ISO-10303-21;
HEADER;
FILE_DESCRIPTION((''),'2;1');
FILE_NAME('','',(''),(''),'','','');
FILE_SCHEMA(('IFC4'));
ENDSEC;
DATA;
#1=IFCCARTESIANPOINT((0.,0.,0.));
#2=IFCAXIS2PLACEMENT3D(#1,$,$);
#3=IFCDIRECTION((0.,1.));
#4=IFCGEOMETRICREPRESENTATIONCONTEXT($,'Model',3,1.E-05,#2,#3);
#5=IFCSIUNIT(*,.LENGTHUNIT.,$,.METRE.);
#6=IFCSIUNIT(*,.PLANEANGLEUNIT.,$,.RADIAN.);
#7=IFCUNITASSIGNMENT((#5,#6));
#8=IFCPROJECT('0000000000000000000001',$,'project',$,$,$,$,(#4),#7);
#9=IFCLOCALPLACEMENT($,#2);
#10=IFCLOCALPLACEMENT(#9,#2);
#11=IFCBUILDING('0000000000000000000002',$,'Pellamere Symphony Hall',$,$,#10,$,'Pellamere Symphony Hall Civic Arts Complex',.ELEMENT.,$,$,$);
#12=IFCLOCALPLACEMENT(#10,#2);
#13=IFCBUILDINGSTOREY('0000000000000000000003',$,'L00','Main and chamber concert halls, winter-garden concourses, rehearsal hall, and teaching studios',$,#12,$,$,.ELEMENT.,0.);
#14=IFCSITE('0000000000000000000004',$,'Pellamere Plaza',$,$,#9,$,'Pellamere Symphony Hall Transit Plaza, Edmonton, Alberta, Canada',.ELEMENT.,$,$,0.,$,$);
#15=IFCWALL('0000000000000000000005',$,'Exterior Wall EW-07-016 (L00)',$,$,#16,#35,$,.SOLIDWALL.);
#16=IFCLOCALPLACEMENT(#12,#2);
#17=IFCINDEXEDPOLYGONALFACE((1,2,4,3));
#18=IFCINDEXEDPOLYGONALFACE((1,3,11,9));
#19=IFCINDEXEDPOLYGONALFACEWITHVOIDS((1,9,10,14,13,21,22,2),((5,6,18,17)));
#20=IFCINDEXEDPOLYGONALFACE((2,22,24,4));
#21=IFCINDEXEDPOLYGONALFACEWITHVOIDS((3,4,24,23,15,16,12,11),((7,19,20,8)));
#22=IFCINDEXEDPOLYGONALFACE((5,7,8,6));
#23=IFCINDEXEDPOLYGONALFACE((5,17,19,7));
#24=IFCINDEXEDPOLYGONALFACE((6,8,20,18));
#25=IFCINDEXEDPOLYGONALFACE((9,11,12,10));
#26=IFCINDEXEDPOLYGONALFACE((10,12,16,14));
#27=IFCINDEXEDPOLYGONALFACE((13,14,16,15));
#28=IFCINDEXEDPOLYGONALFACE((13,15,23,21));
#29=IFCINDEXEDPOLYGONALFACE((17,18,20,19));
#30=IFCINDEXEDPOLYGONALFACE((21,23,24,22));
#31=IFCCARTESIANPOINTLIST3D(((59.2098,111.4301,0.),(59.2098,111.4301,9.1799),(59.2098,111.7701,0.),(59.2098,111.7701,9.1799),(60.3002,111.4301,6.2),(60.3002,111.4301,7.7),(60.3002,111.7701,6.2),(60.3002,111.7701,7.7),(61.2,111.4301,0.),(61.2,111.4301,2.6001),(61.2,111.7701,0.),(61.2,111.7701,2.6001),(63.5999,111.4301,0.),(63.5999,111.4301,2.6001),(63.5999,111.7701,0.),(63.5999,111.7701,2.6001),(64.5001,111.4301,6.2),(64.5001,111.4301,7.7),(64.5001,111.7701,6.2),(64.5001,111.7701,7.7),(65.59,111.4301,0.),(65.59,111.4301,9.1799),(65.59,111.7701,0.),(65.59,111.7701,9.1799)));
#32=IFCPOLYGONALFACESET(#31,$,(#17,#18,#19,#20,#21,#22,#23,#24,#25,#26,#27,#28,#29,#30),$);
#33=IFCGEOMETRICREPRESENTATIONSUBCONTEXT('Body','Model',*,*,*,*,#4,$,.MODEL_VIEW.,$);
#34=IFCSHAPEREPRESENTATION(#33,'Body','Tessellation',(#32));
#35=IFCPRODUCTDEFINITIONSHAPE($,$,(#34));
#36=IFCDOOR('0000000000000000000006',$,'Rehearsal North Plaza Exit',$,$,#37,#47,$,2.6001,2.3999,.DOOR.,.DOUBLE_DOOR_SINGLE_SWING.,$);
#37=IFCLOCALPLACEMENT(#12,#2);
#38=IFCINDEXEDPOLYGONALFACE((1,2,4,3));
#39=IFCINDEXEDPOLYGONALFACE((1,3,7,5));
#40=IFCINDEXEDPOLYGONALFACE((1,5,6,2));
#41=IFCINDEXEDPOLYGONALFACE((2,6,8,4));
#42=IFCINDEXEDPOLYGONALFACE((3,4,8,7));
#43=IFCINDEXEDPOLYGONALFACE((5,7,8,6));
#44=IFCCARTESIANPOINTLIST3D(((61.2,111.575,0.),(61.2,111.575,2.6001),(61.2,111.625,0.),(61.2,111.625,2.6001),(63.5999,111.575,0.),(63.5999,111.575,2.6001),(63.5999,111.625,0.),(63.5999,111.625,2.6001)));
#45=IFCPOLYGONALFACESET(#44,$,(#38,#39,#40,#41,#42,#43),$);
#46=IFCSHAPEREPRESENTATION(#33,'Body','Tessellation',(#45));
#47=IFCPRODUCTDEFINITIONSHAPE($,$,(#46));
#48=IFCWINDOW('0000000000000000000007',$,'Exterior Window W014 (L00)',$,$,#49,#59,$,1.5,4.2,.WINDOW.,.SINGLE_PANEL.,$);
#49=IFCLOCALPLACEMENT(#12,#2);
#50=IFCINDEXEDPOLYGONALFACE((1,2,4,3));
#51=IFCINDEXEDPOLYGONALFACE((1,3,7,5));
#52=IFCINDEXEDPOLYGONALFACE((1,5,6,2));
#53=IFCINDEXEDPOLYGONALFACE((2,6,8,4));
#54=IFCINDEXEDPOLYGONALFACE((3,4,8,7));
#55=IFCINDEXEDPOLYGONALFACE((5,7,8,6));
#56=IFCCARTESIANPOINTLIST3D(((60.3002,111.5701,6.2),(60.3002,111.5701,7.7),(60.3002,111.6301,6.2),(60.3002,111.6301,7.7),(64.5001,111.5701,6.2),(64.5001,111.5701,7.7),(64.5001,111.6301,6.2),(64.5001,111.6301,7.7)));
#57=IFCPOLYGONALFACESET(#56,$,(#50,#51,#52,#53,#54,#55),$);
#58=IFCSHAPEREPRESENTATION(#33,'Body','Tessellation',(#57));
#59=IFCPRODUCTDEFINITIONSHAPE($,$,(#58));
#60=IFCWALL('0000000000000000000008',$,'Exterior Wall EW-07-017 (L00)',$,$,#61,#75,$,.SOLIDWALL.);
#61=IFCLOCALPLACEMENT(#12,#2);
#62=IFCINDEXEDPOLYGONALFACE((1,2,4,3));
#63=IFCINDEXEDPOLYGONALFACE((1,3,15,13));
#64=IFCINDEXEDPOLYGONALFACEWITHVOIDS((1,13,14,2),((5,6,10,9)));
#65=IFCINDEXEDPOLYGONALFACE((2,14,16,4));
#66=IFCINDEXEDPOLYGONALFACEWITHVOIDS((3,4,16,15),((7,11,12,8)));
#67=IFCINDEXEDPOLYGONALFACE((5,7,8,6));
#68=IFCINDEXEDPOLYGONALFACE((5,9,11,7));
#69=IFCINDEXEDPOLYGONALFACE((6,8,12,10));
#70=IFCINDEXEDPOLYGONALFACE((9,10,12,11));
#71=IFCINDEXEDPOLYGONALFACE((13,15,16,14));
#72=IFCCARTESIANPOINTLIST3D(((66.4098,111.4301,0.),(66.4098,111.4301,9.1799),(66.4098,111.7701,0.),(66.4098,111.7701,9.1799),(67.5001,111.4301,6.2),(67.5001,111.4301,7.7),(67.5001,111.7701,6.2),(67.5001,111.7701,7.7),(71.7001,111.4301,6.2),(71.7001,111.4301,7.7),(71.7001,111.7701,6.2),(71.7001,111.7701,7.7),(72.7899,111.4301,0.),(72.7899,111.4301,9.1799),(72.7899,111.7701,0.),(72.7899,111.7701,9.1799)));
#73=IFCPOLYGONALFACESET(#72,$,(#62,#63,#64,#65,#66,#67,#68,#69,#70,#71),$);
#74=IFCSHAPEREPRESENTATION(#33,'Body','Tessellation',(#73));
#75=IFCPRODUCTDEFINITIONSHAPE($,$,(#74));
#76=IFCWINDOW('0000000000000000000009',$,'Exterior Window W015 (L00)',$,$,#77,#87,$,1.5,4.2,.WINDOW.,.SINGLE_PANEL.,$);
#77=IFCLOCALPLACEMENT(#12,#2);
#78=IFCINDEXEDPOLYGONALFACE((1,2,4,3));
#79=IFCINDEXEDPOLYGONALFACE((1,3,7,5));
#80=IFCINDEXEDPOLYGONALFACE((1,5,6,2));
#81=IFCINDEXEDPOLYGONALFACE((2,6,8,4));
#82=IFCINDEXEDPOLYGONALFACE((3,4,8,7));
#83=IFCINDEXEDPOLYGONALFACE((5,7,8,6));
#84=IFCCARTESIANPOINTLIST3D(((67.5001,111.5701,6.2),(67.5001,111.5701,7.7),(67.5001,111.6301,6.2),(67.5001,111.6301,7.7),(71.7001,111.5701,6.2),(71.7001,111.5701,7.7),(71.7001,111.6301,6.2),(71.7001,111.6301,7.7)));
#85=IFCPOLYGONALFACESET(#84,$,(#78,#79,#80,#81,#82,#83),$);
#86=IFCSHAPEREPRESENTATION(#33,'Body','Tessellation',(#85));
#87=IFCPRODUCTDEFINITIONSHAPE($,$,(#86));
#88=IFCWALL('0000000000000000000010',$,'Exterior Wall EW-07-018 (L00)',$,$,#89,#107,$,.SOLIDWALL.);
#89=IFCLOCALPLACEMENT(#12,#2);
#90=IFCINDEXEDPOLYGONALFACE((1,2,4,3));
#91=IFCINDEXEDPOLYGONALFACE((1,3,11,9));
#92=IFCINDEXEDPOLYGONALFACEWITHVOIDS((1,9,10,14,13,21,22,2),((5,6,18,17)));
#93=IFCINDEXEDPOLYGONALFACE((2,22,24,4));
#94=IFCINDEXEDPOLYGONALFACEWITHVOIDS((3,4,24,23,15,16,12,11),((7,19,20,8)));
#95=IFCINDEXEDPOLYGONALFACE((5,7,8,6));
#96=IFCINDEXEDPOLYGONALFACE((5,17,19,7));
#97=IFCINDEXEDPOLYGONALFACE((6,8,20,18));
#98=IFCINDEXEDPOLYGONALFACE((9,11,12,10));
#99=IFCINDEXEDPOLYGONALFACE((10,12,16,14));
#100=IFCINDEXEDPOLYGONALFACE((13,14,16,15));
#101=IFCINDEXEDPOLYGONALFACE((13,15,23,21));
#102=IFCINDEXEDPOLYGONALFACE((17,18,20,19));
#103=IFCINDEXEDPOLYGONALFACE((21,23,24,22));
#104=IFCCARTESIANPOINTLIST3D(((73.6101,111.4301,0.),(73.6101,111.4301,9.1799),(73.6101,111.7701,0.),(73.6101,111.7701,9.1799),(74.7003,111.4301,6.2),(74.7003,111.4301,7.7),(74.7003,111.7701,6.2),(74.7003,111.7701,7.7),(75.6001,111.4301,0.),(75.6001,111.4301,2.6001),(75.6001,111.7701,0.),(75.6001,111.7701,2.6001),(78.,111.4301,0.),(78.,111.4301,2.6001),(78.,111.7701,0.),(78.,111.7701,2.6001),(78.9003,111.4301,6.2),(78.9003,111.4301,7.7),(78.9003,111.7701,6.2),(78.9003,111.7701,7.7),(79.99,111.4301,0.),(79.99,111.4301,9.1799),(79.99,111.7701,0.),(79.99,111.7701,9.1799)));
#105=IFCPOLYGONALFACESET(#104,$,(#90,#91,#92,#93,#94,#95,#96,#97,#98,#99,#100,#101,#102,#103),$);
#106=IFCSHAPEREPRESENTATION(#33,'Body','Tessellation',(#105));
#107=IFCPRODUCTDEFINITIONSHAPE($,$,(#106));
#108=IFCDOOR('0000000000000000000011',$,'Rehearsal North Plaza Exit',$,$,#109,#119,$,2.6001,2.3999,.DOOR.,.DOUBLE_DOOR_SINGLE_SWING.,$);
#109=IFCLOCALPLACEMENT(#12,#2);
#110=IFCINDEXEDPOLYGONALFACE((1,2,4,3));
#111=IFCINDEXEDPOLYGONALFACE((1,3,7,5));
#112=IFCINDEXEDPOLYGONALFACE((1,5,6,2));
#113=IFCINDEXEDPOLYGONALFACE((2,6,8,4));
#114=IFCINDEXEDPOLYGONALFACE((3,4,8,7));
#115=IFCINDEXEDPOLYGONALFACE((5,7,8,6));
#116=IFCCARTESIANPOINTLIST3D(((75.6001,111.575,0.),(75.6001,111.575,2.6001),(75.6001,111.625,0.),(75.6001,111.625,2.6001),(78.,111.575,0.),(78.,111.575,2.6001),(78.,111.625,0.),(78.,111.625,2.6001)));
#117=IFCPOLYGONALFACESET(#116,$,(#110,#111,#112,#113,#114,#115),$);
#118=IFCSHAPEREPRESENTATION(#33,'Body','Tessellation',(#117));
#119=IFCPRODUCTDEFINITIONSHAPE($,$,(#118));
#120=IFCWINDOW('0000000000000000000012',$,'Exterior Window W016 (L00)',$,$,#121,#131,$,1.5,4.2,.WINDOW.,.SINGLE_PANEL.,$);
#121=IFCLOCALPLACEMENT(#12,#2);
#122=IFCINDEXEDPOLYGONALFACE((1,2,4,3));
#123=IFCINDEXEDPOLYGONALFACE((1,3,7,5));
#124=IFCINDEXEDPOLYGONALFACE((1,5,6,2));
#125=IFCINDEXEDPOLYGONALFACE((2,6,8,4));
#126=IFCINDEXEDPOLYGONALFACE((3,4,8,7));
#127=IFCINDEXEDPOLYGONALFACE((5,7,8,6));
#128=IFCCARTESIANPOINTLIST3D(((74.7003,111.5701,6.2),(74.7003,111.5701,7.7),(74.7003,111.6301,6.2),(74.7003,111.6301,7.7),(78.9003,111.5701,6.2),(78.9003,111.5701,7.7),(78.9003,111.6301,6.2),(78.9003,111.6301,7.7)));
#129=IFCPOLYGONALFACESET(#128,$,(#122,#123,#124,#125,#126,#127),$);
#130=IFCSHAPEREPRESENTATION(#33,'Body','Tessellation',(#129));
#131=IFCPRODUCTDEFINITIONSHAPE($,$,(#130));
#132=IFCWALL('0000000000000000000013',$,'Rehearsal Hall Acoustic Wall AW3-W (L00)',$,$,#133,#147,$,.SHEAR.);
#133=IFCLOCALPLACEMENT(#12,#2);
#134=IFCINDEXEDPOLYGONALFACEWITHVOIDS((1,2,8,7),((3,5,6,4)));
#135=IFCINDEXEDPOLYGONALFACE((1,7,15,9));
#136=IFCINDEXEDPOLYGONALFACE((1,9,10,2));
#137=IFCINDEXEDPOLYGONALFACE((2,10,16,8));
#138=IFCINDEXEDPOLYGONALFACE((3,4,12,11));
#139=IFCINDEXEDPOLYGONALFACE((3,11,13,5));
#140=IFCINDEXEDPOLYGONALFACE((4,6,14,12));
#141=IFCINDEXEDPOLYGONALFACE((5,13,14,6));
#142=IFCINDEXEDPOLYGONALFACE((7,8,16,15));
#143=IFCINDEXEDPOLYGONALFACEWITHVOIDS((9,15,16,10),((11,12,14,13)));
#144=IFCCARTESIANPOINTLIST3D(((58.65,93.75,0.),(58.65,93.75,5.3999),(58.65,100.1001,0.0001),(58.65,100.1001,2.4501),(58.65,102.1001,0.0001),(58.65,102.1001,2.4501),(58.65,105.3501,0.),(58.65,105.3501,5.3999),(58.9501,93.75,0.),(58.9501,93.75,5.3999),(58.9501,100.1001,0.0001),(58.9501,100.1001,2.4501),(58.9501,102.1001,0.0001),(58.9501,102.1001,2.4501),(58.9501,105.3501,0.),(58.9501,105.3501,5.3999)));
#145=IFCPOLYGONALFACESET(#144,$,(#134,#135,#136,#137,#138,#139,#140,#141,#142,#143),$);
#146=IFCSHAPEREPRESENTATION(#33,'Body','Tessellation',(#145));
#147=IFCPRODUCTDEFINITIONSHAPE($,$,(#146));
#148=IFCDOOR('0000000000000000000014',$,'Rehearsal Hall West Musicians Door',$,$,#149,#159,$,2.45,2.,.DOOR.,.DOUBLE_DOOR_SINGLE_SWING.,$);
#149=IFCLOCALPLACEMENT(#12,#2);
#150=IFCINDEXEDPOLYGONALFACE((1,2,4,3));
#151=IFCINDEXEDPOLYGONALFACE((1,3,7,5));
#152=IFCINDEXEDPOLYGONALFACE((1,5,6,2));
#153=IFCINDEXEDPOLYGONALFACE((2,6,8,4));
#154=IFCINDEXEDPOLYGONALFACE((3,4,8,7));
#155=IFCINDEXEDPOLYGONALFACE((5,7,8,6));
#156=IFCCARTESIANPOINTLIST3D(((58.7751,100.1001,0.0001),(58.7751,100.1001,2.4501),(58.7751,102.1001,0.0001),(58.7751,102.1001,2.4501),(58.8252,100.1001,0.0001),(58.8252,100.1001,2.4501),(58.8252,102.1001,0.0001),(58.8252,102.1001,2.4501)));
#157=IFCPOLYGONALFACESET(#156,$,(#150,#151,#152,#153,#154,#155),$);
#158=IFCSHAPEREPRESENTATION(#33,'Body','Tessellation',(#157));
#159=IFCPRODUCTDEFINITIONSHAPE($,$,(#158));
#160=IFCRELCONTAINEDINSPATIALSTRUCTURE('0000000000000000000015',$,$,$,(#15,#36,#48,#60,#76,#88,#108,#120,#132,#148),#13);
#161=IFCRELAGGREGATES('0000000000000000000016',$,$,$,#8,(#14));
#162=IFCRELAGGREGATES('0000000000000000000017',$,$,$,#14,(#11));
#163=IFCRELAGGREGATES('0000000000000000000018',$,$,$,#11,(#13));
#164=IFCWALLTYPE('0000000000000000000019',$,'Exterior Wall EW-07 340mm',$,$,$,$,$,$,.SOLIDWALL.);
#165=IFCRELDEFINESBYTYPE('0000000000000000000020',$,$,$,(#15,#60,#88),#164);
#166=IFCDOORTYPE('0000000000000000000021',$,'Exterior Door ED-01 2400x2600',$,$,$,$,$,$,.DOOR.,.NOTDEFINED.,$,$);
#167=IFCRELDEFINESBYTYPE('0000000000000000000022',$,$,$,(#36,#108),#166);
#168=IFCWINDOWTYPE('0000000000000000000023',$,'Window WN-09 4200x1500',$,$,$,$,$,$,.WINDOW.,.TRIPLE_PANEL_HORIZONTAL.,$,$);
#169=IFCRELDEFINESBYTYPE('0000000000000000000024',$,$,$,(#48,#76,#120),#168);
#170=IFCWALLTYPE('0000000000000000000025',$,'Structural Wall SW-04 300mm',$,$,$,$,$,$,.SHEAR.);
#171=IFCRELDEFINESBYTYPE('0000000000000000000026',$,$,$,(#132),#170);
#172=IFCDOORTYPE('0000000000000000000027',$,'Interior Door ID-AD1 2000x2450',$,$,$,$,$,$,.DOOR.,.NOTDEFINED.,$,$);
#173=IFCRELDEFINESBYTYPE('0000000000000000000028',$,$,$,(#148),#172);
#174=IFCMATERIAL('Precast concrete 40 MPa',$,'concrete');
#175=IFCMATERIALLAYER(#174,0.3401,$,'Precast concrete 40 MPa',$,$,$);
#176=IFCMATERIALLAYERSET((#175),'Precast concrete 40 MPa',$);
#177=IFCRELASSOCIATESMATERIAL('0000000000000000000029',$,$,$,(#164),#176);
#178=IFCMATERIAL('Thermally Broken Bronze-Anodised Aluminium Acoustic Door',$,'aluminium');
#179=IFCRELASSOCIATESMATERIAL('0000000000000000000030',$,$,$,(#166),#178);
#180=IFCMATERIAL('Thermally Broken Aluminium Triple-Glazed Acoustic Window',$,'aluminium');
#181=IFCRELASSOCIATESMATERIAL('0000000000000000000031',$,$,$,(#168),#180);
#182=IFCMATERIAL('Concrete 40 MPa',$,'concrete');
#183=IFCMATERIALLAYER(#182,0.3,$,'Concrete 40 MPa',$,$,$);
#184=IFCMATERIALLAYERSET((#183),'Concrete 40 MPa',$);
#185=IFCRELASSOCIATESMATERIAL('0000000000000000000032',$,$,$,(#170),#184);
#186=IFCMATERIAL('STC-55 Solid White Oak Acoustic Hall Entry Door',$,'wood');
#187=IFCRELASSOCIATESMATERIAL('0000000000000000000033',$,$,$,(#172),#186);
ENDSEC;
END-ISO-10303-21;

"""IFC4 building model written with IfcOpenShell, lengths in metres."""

from ifc_helpers import new_model, si_unit, direction, frame, frame_2d, origin, place, context, subcontext, project, spatial, rectangle, extrude, material, layer, layer_set, type_object, element, fill, save


model = new_model("IFC4")

# Units and contexts
model_context = context("Model", 3, precision=1e-05, world=origin(), true_north=direction((0.0, 1.0)))
body_context = subcontext(model_context, "Body", "Model", "MODEL_VIEW")
ifc_project = project(units=[si_unit("LENGTHUNIT", "METRE"), si_unit("PLANEANGLEUNIT", "RADIAN")], contexts=[model_context])

# Site, building, storey
site_placement = place(None, origin())
site = spatial("IfcSite", under=ifc_project, at=site_placement, Name="Pellamere Plaza", LongName="Pellamere Symphony Hall Transit Plaza, Edmonton, Alberta, Canada", CompositionType="ELEMENT", RefElevation=0.0)
building_placement = place(site_placement, origin())
building = spatial("IfcBuilding", under=site, at=building_placement, Name="Pellamere Symphony Hall", LongName="Pellamere Symphony Hall Civic Arts Complex", CompositionType="ELEMENT")
storey_placement = place(building_placement, origin())
storey = spatial("IfcBuildingStorey", under=building, at=storey_placement, Name="L00", Description="Main and chamber concert halls, winter-garden concourses, rehearsal hall, and teaching studios", CompositionType="ELEMENT", Elevation=0.0)

# Shared definitions
ifc_material_1 = material(Name="Concrete 40 MPa", Category="concrete")

# Wall, openings, door, window
ifc_material_2 = material(Name="Precast concrete 40 MPa", Category="concrete")
ifc_layer_1 = layer(ifc_material_2, 0.3401, Name="Precast concrete 40 MPa")
ifc_layer_set_1 = layer_set([ifc_layer_1], Name="Precast concrete 40 MPa")
wall_type_1 = type_object("IfcWallType", Name="Exterior Wall EW-07 340mm", PredefinedType="SOLIDWALL", material=ifc_layer_set_1)
wall_1_placement = place(storey_placement, frame((59.21, 111.6001, 0.0), z_axis=(0.0, 0.0, 1.0), x_axis=(1.0, 0.0, 0.0)))
wall_1 = element("IfcWall", 1, at=wall_1_placement, inside=storey, type_object=wall_type_1, Name="Exterior Wall EW-07-016 (L00)", PredefinedType="SOLIDWALL", context=body_context, shape_type="SweptSolid", body=[
    extrude(rectangle(XDim=6.3801, YDim=0.3401, at=frame_2d((3.1899, 0.0))), origin(), (0.0, 0.0, 1.0), 9.1799),
])
opening_1_placement = place(wall_1_placement, frame((1.0901, 0.0, 6.2)))
opening_1 = element("IfcOpeningElement", 2, at=opening_1_placement, cuts=wall_1, PredefinedType="OPENING", context=body_context, shape_type="SweptSolid", body=[
    extrude(rectangle(XDim=4.2, YDim=1.5, at=frame_2d((2.1001, 0.75))), frame((0.0, 0.1799, 0.0), z_axis=(0.0, -1.0, 0.0), x_axis=(1.0, 0.0, 0.0)), (0.0, 0.0, 1.0), 0.3601),
])
opening_2_placement = place(wall_1_placement, frame((1.99, 0.0, 0.0)))
opening_2 = element("IfcOpeningElement", 3, at=opening_2_placement, cuts=wall_1, PredefinedType="OPENING", context=body_context, shape_type="SweptSolid", body=[
    extrude(rectangle(XDim=2.3999, YDim=2.6001, at=frame_2d((1.2, 1.3))), frame((0.0, 0.1799, 0.0), z_axis=(0.0, -1.0, 0.0), x_axis=(1.0, 0.0, 0.0)), (0.0, 0.0, 1.0), 0.3601),
])
ifc_material_3 = material(Name="Thermally Broken Bronze-Anodised Aluminium Acoustic Door", Category="aluminium")
door_type_1 = type_object("IfcDoorType", Name="Exterior Door ED-01 2400x2600", OperationType="NOTDEFINED", PredefinedType="DOOR", material=ifc_material_3)
door_1_placement = place(opening_2_placement, origin())
door_1 = element("IfcDoor", 4, at=door_1_placement, inside=storey, type_object=door_type_1, Name="Rehearsal North Plaza Exit", OperationType="DOUBLE_DOOR_SINGLE_SWING", OverallHeight=2.6001, OverallWidth=2.3999, PredefinedType="DOOR", context=body_context, shape_type="SweptSolid", body=[
    extrude(rectangle(XDim=2.3999, YDim=2.6001, at=frame_2d((1.2, 1.3))), frame((0.0, 0.0249, 0.0), z_axis=(0.0, -1.0, 0.0), x_axis=(1.0, 0.0, 0.0)), (0.0, 0.0, 1.0), 0.05),
])
fill(opening_2, door_1)
ifc_material_4 = material(Name="Thermally Broken Aluminium Triple-Glazed Acoustic Window", Category="aluminium")
window_type = type_object("IfcWindowType", Name="Window WN-09 4200x1500", PartitioningType="TRIPLE_PANEL_HORIZONTAL", PredefinedType="WINDOW", material=ifc_material_4)
window_1_placement = place(opening_1_placement, origin())
window_1 = element("IfcWindow", 5, at=window_1_placement, inside=storey, type_object=window_type, Name="Exterior Window W014 (L00)", OverallHeight=1.5, OverallWidth=4.2, PartitioningType="SINGLE_PANEL", PredefinedType="WINDOW", context=body_context, shape_type="SweptSolid", body=[
    extrude(rectangle(XDim=4.2, YDim=1.5, at=frame_2d((2.1001, 0.75))), frame((0.0, 0.03, 0.0), z_axis=(0.0, -1.0, 0.0), x_axis=(1.0, 0.0, 0.0)), (0.0, 0.0, 1.0), 0.0601),
])
fill(opening_1, window_1)

# Wall, opening, window
wall_2_placement = place(storey_placement, frame((66.4099, 111.6001, 0.0), z_axis=(0.0, 0.0, 1.0), x_axis=(1.0, 0.0, 0.0)))
wall_2 = element("IfcWall", 6, at=wall_2_placement, inside=storey, type_object=wall_type_1, Name="Exterior Wall EW-07-017 (L00)", PredefinedType="SOLIDWALL", context=body_context, shape_type="SweptSolid", body=[
    extrude(rectangle(XDim=6.3801, YDim=0.3401, at=frame_2d((3.1899, 0.0))), origin(), (0.0, 0.0, 1.0), 9.1799),
])
opening_3_placement = place(wall_2_placement, frame((1.0901, 0.0, 6.2)))
opening_3 = element("IfcOpeningElement", 7, at=opening_3_placement, cuts=wall_2, PredefinedType="OPENING", context=body_context, shape_type="SweptSolid", body=[
    extrude(rectangle(XDim=4.2, YDim=1.5, at=frame_2d((2.1001, 0.75))), frame((0.0, 0.1799, 0.0), z_axis=(0.0, -1.0, 0.0), x_axis=(1.0, 0.0, 0.0)), (0.0, 0.0, 1.0), 0.3601),
])
window_2_placement = place(opening_3_placement, origin())
window_2 = element("IfcWindow", 8, at=window_2_placement, inside=storey, type_object=window_type, Name="Exterior Window W015 (L00)", OverallHeight=1.5, OverallWidth=4.2, PartitioningType="SINGLE_PANEL", PredefinedType="WINDOW", context=body_context, shape_type="SweptSolid", body=[
    extrude(rectangle(XDim=4.2, YDim=1.5, at=frame_2d((2.1001, 0.75))), frame((0.0, 0.03, 0.0), z_axis=(0.0, -1.0, 0.0), x_axis=(1.0, 0.0, 0.0)), (0.0, 0.0, 1.0), 0.0601),
])
fill(opening_3, window_2)

# Wall, openings, door, window
wall_3_placement = place(storey_placement, frame((73.6101, 111.6001, 0.0), z_axis=(0.0, 0.0, 1.0), x_axis=(1.0, 0.0, 0.0)))
wall_3 = element("IfcWall", 9, at=wall_3_placement, inside=storey, type_object=wall_type_1, Name="Exterior Wall EW-07-018 (L00)", PredefinedType="SOLIDWALL", context=body_context, shape_type="SweptSolid", body=[
    extrude(rectangle(XDim=6.3799, YDim=0.3401, at=frame_2d((3.1899, 0.0))), origin(), (0.0, 0.0, 1.0), 9.1799),
])
opening_4_placement = place(wall_3_placement, frame((1.0901, 0.0, 6.2)))
opening_4 = element("IfcOpeningElement", 10, at=opening_4_placement, cuts=wall_3, PredefinedType="OPENING", context=body_context, shape_type="SweptSolid", body=[
    extrude(rectangle(XDim=4.2, YDim=1.5, at=frame_2d((2.1001, 0.75))), frame((0.0, 0.1799, 0.0), z_axis=(0.0, -1.0, 0.0), x_axis=(1.0, 0.0, 0.0)), (0.0, 0.0, 1.0), 0.3601),
])
opening_5_placement = place(wall_3_placement, frame((1.99, 0.0, 0.0)))
opening_5 = element("IfcOpeningElement", 11, at=opening_5_placement, cuts=wall_3, PredefinedType="OPENING", context=body_context, shape_type="SweptSolid", body=[
    extrude(rectangle(XDim=2.3999, YDim=2.6001, at=frame_2d((1.2, 1.3))), frame((0.0, 0.1799, 0.0), z_axis=(0.0, -1.0, 0.0), x_axis=(1.0, 0.0, 0.0)), (0.0, 0.0, 1.0), 0.3601),
])
door_2_placement = place(opening_5_placement, origin())
door_2 = element("IfcDoor", 12, at=door_2_placement, inside=storey, type_object=door_type_1, Name="Rehearsal North Plaza Exit", OperationType="DOUBLE_DOOR_SINGLE_SWING", OverallHeight=2.6001, OverallWidth=2.3999, PredefinedType="DOOR", context=body_context, shape_type="SweptSolid", body=[
    extrude(rectangle(XDim=2.3999, YDim=2.6001, at=frame_2d((1.2, 1.3))), frame((0.0, 0.0249, 0.0), z_axis=(0.0, -1.0, 0.0), x_axis=(1.0, 0.0, 0.0)), (0.0, 0.0, 1.0), 0.05),
])
fill(opening_5, door_2)
window_3_placement = place(opening_4_placement, origin())
window_3 = element("IfcWindow", 13, at=window_3_placement, inside=storey, type_object=window_type, Name="Exterior Window W016 (L00)", OverallHeight=1.5, OverallWidth=4.2, PartitioningType="SINGLE_PANEL", PredefinedType="WINDOW", context=body_context, shape_type="SweptSolid", body=[
    extrude(rectangle(XDim=4.2, YDim=1.5, at=frame_2d((2.1001, 0.75))), frame((0.0, 0.03, 0.0), z_axis=(0.0, -1.0, 0.0), x_axis=(1.0, 0.0, 0.0)), (0.0, 0.0, 1.0), 0.0601),
])
fill(opening_4, window_3)

# Wall, opening, door
ifc_layer_2 = layer(ifc_material_1, 0.3, Name="Concrete 40 MPa")
ifc_layer_set_2 = layer_set([ifc_layer_2], Name="Concrete 40 MPa")
wall_type_2 = type_object("IfcWallType", Name="Structural Wall SW-04 300mm", PredefinedType="SHEAR", material=ifc_layer_set_2)
wall_4_placement = place(storey_placement, frame((58.8, 93.75, 0.0), z_axis=(0.0, 0.0, 1.0), x_axis=(0.0, 1.0, 0.0)))
wall_4 = element("IfcWall", 14, at=wall_4_placement, inside=storey, type_object=wall_type_2, Name="Rehearsal Hall Acoustic Wall AW3-W (L00)", PredefinedType="SHEAR", context=body_context, shape_type="SweptSolid", body=[
    extrude(rectangle(XDim=11.6001, YDim=0.3, at=frame_2d((5.8, 0.0))), origin(), (0.0, 0.0, 1.0), 5.3999),
])
opening_6_placement = place(wall_4_placement, frame((6.3501, 0.0, 0.0)))
opening_6 = element("IfcOpeningElement", 15, at=opening_6_placement, cuts=wall_4, PredefinedType="OPENING", context=body_context, shape_type="SweptSolid", body=[
    extrude(rectangle(XDim=2.0, YDim=2.45, at=frame_2d((1.0, 1.2251))), frame((0.0, 0.1599, 0.0), z_axis=(0.0, -1.0, 0.0), x_axis=(1.0, 0.0, 0.0)), (0.0, 0.0, 1.0), 0.3201),
])
ifc_material_5 = material(Name="STC-55 Solid White Oak Acoustic Hall Entry Door", Category="wood")
door_type_2 = type_object("IfcDoorType", Name="Interior Door ID-AD1 2000x2450", OperationType="NOTDEFINED", PredefinedType="DOOR", material=ifc_material_5)
door_3_placement = place(opening_6_placement, origin())
door_3 = element("IfcDoor", 16, at=door_3_placement, inside=storey, type_object=door_type_2, Name="Rehearsal Hall West Musicians Door", OperationType="DOUBLE_DOOR_SINGLE_SWING", OverallHeight=2.45, OverallWidth=2.0, PredefinedType="DOOR", context=body_context, shape_type="SweptSolid", body=[
    extrude(rectangle(XDim=2.0, YDim=2.45, at=frame_2d((1.0, 1.2251))), frame((0.0, 0.0249, 0.0), z_axis=(0.0, -1.0, 0.0), x_axis=(1.0, 0.0, 0.0)), (0.0, 0.0, 1.0), 0.05),
])
fill(opening_6, door_3)

save(model, "model.ifc")
